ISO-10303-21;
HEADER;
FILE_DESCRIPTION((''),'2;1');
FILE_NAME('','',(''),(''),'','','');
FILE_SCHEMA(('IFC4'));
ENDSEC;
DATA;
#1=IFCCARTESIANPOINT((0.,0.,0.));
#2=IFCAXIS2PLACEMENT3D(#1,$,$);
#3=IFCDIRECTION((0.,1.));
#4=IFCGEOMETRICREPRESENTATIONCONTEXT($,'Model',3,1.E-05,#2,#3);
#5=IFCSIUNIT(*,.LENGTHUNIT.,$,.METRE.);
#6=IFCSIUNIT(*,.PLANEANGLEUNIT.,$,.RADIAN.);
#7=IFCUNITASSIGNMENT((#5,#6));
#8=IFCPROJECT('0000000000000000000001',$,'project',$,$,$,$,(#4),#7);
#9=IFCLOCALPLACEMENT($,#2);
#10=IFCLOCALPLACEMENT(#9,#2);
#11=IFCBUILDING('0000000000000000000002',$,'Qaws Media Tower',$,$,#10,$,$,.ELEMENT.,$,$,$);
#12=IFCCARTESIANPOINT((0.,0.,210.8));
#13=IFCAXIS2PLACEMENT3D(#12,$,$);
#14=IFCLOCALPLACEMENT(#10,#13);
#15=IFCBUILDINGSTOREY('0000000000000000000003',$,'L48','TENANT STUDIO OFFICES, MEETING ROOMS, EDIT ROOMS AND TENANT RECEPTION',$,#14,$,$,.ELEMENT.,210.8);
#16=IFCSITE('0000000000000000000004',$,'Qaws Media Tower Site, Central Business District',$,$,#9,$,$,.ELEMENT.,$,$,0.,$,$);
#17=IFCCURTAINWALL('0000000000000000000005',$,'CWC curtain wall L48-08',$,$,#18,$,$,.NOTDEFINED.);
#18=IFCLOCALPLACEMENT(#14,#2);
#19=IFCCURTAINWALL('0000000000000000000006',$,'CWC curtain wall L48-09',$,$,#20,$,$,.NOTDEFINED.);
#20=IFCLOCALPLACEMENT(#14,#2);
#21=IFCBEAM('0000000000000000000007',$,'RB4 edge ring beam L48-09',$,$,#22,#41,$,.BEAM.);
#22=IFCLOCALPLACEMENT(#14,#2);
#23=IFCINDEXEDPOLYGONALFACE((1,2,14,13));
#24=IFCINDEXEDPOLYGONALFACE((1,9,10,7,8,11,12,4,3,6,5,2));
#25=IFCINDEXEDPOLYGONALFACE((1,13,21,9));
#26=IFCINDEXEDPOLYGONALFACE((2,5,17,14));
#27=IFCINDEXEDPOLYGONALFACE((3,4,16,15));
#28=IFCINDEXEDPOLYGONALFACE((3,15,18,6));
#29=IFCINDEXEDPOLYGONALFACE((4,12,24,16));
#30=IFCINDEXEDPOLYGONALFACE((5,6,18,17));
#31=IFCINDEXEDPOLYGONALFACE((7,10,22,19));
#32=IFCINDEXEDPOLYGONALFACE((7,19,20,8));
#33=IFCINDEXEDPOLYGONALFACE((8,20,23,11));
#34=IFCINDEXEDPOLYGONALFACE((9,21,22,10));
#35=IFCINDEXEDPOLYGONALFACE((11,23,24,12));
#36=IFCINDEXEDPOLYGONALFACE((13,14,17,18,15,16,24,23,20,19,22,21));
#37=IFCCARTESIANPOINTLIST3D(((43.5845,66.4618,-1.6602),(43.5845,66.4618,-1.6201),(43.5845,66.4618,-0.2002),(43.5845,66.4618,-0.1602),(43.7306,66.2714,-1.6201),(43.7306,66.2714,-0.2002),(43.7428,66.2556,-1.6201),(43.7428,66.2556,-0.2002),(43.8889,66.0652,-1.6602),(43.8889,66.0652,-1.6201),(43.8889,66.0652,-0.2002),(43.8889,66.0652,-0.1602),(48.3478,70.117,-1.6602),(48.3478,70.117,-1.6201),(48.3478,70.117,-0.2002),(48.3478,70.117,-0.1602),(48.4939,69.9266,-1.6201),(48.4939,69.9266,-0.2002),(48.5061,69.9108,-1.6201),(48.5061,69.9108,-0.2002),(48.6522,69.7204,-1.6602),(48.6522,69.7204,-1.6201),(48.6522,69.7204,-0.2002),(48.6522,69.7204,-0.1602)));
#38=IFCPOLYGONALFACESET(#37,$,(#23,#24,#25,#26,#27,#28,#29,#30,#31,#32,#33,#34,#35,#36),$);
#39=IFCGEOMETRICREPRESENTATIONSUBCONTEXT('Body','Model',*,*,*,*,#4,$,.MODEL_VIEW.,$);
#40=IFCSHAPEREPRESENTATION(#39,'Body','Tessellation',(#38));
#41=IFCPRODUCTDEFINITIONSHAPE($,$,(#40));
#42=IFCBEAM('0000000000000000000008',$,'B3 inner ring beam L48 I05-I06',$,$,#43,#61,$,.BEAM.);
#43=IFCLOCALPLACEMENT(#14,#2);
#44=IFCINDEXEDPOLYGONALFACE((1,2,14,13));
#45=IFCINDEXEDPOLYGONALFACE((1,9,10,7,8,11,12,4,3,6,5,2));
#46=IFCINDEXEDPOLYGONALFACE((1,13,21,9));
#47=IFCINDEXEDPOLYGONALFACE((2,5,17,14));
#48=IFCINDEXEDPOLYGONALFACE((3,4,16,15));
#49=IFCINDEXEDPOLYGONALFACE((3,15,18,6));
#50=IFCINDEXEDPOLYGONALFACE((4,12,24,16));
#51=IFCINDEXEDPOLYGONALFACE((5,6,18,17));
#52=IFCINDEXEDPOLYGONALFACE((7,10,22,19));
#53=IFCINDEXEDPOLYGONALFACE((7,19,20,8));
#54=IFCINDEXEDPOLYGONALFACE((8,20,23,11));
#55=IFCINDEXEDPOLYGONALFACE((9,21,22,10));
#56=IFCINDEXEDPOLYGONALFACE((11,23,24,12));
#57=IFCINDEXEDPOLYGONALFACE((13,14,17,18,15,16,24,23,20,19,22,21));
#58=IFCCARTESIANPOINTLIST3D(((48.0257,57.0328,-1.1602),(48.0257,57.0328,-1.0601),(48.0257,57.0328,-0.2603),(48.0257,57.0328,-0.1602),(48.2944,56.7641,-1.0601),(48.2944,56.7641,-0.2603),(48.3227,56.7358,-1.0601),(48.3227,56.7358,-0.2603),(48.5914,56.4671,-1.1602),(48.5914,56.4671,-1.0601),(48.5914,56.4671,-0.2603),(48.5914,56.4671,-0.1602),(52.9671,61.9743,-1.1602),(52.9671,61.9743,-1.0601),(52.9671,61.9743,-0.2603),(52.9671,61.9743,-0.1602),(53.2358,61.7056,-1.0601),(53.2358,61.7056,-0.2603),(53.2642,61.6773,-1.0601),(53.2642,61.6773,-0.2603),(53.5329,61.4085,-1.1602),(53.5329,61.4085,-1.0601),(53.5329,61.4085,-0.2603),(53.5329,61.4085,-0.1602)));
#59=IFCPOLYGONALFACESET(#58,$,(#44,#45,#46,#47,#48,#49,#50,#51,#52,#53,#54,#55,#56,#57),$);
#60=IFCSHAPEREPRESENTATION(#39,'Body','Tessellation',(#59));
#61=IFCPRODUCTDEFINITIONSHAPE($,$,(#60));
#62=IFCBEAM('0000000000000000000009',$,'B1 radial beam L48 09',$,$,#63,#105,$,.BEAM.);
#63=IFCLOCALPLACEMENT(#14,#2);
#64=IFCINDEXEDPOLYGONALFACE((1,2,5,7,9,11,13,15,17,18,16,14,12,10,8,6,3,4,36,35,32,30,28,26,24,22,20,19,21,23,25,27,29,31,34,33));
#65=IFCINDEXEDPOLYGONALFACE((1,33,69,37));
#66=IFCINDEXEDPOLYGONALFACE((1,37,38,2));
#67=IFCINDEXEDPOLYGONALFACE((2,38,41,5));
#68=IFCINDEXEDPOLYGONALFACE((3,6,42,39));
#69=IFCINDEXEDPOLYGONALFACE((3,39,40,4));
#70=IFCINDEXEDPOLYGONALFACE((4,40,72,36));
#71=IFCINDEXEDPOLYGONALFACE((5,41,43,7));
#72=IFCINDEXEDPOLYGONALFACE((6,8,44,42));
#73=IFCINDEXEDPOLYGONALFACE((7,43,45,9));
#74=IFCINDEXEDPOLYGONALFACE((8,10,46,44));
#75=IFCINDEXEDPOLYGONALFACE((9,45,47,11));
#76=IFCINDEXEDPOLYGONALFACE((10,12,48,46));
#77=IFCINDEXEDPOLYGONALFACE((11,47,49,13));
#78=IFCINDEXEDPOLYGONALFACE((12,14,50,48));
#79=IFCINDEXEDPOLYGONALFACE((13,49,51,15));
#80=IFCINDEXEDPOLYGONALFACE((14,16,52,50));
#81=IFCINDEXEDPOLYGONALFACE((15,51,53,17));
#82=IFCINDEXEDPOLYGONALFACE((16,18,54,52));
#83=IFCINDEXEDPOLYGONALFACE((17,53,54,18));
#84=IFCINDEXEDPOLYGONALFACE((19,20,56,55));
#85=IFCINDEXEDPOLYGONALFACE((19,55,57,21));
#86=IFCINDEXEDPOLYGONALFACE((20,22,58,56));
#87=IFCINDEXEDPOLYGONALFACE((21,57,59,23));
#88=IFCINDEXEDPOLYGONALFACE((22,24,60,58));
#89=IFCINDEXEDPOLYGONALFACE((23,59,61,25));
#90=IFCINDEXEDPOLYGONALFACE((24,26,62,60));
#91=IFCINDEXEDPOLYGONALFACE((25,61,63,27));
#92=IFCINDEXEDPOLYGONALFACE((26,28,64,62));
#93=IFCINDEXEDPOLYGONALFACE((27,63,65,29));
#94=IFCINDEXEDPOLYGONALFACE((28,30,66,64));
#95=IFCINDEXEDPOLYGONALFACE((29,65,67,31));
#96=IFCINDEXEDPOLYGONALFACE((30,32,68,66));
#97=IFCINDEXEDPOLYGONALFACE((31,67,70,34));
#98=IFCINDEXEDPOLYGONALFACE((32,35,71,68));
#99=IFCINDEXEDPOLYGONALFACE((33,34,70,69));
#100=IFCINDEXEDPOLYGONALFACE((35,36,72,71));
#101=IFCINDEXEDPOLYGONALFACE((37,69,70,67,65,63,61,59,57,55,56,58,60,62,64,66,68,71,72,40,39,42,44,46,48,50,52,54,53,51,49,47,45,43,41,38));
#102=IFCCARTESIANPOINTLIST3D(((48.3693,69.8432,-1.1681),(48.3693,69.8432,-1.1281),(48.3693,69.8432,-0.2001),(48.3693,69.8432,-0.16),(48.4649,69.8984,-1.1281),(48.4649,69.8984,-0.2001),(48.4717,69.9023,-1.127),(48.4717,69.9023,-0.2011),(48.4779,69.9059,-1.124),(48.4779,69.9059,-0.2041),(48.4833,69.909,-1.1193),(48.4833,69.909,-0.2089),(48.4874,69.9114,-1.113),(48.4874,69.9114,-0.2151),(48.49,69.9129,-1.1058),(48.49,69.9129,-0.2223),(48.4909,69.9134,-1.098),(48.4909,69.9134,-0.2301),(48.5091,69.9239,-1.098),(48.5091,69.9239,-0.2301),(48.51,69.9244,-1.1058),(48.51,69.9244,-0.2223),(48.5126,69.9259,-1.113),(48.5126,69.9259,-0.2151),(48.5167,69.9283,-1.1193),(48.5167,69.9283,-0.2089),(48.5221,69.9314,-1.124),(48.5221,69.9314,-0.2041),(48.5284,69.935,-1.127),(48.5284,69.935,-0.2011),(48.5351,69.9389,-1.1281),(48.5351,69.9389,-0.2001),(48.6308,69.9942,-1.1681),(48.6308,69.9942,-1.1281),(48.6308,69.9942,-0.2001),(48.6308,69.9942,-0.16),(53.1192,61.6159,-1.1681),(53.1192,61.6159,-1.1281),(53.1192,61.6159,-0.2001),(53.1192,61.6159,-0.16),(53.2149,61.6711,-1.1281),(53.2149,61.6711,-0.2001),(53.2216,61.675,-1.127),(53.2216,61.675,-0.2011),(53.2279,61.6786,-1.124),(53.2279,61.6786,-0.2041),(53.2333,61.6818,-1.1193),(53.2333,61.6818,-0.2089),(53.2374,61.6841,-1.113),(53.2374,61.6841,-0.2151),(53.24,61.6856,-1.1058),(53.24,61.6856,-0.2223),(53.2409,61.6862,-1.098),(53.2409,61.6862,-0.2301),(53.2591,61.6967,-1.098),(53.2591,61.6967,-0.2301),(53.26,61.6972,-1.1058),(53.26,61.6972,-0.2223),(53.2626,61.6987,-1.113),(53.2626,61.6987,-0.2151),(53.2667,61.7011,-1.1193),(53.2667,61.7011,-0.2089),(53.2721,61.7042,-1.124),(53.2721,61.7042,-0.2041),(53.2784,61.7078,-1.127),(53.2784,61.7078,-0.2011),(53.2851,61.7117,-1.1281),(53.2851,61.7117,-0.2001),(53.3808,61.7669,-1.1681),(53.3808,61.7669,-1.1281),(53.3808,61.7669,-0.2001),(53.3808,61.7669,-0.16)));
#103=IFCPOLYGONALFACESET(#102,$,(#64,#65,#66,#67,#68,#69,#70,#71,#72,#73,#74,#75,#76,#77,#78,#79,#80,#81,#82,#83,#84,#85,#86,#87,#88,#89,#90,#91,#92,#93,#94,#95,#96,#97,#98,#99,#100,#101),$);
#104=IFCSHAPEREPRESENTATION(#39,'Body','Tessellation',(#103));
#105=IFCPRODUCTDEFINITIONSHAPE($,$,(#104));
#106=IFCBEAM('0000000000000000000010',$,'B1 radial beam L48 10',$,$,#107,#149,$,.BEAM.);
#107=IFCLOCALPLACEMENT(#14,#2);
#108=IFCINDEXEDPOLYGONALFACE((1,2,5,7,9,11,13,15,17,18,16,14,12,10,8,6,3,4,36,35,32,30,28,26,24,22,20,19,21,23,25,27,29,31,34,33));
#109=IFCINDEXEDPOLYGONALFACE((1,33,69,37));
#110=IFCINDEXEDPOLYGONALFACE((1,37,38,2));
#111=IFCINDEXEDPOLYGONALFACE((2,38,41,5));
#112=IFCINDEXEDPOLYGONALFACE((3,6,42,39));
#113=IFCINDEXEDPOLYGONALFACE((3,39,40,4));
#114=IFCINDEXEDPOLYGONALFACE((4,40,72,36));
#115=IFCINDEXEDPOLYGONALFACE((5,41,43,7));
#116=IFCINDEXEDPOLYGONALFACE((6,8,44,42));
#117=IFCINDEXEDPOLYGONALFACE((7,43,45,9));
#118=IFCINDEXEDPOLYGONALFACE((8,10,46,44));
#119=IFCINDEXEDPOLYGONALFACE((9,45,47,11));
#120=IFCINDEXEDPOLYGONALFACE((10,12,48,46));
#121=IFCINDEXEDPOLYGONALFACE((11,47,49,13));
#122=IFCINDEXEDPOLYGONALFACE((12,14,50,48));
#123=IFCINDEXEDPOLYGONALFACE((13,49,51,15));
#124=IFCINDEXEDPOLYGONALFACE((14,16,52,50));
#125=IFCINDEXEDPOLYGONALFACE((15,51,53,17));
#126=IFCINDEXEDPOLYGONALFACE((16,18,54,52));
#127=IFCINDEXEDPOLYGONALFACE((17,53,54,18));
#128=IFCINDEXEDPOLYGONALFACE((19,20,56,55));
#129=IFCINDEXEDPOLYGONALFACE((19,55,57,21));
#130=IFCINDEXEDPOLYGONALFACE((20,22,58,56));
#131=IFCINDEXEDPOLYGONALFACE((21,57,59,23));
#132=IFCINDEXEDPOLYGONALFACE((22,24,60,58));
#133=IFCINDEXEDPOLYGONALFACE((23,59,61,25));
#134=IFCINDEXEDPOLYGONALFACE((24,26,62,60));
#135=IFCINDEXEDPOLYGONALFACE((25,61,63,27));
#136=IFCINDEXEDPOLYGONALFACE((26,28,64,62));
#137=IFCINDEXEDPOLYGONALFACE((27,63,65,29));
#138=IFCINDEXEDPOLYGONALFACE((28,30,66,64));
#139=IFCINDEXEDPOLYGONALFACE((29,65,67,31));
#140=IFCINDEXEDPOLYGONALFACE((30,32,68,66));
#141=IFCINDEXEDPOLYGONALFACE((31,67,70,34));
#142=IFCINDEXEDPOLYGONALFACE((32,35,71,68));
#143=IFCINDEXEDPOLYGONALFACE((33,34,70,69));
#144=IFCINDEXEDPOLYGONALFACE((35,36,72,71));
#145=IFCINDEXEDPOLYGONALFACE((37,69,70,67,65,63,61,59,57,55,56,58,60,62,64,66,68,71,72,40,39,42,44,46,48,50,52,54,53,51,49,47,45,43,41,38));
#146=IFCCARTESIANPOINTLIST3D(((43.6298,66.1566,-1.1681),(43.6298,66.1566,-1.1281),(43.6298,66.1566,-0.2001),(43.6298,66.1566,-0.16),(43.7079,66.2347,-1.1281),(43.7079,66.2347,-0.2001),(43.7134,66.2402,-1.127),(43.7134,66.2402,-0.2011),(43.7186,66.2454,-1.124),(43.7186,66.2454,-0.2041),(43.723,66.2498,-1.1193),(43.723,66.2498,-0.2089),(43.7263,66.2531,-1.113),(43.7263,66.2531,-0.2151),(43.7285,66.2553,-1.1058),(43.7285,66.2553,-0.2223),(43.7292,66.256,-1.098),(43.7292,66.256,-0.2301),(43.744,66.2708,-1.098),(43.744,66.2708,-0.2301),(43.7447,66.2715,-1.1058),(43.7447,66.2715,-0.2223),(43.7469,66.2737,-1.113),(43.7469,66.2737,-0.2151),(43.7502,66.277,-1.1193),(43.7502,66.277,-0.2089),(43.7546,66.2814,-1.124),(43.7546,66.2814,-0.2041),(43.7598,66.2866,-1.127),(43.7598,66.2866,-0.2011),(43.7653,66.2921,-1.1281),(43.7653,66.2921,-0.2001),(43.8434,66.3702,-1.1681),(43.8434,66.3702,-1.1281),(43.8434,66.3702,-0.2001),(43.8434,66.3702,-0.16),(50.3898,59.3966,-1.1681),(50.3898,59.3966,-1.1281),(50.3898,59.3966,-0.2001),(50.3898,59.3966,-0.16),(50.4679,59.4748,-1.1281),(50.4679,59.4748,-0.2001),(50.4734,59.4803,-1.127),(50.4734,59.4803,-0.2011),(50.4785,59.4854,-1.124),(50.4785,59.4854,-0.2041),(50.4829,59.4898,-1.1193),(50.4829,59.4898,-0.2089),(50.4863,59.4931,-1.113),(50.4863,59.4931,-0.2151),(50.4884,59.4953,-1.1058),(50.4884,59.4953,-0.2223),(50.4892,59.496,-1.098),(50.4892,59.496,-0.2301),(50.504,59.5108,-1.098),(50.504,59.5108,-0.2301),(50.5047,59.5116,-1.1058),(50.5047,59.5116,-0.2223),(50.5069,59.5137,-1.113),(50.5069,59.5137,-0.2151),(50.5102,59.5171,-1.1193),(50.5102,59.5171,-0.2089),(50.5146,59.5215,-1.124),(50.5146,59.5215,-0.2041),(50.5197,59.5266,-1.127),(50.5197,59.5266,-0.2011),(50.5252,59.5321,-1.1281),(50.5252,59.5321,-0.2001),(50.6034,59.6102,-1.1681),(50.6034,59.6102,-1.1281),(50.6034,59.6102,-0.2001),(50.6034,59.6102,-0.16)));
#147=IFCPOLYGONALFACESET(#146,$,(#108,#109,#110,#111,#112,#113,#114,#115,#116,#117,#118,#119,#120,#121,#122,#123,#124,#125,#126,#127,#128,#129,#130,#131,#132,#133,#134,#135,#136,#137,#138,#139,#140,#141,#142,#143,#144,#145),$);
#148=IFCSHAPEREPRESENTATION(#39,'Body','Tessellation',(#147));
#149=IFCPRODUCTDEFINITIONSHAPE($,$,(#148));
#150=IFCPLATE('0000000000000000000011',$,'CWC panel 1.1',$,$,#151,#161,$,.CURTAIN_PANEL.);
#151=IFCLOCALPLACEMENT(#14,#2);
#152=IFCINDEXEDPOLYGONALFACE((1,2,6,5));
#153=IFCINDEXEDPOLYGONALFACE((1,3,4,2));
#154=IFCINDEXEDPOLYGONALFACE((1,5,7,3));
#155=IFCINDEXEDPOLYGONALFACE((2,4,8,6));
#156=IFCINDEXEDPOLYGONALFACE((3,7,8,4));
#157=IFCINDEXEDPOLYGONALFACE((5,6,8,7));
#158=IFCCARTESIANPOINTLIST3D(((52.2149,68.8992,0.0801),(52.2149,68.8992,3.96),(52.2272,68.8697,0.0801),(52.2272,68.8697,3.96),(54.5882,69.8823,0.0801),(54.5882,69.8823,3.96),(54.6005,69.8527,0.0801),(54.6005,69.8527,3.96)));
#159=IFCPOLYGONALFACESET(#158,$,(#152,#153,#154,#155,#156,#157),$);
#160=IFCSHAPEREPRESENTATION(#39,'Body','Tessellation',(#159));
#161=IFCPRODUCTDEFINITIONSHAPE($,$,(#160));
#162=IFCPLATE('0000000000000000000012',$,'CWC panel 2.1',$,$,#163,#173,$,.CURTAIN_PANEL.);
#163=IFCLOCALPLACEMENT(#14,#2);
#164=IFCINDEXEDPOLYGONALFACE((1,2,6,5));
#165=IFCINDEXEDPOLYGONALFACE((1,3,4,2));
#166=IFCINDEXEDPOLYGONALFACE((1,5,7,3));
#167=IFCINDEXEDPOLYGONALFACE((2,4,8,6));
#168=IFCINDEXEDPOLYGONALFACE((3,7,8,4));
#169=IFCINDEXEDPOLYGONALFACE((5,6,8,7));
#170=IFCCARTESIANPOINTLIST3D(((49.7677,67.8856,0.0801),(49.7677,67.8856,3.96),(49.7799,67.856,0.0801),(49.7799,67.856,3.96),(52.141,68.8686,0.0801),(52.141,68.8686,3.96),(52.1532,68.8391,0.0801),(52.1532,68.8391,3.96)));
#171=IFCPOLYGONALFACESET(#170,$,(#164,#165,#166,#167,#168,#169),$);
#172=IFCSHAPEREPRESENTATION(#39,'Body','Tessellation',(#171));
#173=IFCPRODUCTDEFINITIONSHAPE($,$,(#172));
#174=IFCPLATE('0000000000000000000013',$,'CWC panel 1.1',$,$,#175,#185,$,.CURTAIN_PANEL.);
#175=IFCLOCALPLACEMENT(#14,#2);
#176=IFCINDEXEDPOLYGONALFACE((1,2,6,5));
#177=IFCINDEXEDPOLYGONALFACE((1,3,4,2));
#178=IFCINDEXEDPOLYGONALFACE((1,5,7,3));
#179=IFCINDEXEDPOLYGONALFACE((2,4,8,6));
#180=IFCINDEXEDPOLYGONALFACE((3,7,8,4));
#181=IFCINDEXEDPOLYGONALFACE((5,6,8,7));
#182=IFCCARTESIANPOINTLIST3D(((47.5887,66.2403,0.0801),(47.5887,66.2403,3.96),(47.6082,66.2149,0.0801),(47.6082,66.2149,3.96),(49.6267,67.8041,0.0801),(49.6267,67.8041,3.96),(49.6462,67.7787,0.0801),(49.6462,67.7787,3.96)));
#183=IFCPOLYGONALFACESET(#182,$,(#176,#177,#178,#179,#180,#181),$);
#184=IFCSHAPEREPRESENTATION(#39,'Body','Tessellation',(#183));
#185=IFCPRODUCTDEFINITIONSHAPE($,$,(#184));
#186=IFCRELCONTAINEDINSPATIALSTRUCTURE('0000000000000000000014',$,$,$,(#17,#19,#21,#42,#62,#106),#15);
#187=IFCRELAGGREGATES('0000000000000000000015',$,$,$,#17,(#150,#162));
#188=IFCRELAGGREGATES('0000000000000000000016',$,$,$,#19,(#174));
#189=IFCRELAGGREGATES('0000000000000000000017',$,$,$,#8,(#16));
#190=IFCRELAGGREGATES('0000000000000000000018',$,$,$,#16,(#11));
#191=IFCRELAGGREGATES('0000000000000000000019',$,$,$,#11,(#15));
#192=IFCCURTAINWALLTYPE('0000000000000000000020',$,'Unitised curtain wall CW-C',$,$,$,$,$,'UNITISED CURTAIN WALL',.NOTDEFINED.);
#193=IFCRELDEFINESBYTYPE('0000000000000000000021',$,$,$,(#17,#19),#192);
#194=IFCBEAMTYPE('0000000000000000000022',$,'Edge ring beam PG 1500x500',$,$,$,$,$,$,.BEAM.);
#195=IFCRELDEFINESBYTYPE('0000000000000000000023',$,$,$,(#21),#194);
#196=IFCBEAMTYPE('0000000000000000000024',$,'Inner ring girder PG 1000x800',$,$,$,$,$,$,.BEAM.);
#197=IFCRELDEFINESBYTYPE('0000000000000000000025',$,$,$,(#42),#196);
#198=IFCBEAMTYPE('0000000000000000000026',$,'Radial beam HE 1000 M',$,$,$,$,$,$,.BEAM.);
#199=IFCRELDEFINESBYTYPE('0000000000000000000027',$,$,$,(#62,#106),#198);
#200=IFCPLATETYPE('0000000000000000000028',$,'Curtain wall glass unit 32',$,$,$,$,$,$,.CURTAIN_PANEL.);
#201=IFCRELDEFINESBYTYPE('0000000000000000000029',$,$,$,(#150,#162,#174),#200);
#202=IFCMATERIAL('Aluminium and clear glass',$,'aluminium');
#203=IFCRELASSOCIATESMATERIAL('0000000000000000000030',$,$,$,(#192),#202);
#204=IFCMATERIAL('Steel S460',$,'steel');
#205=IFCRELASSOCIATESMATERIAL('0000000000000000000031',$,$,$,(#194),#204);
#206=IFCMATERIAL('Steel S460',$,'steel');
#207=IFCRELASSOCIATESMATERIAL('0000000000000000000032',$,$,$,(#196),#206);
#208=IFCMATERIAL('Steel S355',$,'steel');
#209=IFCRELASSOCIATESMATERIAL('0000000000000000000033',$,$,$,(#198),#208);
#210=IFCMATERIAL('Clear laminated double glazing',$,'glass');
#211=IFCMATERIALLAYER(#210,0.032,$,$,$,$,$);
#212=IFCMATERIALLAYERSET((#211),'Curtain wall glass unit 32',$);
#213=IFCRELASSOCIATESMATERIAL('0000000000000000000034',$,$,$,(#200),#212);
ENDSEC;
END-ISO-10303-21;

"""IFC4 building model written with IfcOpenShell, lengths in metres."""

from ifc_helpers import new_model, si_unit, direction, frame, origin, origin_2d, place, context, subcontext, project, spatial, rectangle, i_section, extrude, material, layer, layer_set, material_profile, profile_set, type_object, element, aggregate, save


model = new_model("IFC4")

# Units and contexts
model_context = context("Model", 3, precision=1e-05, world=origin(), true_north=direction((0.0, 1.0)))
body_context = subcontext(model_context, "Body", "Model", "MODEL_VIEW")
ifc_project = project(units=[si_unit("LENGTHUNIT", "METRE"), si_unit("PLANEANGLEUNIT", "RADIAN")], contexts=[model_context])

# Site, building, storey
site_placement = place(None, origin())
site = spatial("IfcSite", under=ifc_project, at=site_placement, Name="Qaws Media Tower Site, Central Business District", CompositionType="ELEMENT", RefElevation=0.0)
building_placement = place(site_placement, origin())
building = spatial("IfcBuilding", under=site, at=building_placement, Name="Qaws Media Tower", CompositionType="ELEMENT")
storey_placement = place(building_placement, frame((0.0, 0.0, 210.8)))
storey = spatial("IfcBuildingStorey", under=building, at=storey_placement, Name="L48", Description="TENANT STUDIO OFFICES, MEETING ROOMS, EDIT ROOMS AND TENANT RECEPTION", CompositionType="ELEMENT", Elevation=210.8)

# Curtain wall
ifc_material_1 = material(Name="Aluminium and clear glass", Category="aluminium")
curtain_wall_type = type_object("IfcCurtainWallType", Name="Unitised curtain wall CW-C", ElementType="UNITISED CURTAIN WALL", PredefinedType="NOTDEFINED", material=ifc_material_1)
curtain_wall_1_placement = place(storey_placement, origin())
curtain_wall_1 = element("IfcCurtainWall", 1, at=curtain_wall_1_placement, inside=storey, type_object=curtain_wall_type, Name="CWC curtain wall L48-08", PredefinedType="NOTDEFINED")

# Curtain wall
curtain_wall_2_placement = place(storey_placement, origin())
curtain_wall_2 = element("IfcCurtainWall", 2, at=curtain_wall_2_placement, inside=storey, type_object=curtain_wall_type, Name="CWC curtain wall L48-09", PredefinedType="NOTDEFINED")

# Beams
ifc_material_2 = material(Name="Steel S460", Category="steel")
ifc_material_profile_1 = material_profile(ifc_material_2, i_section(OverallWidth=0.5, OverallDepth=1.5, WebThickness=0.02, FlangeThickness=0.04, at=origin_2d()), Name="PG 1500x500")
ifc_profile_set_1 = profile_set([ifc_material_profile_1], Name="Steel S460")
beam_type_1 = type_object("IfcBeamType", Name="Edge ring beam PG 1500x500", PredefinedType="BEAM", material=ifc_profile_set_1)
for number, where, z_axis, x_axis, name in (
    (3, (48.5, 69.9187, -0.9102), (-0.79334, -0.608779, 0.0), (0.608779, -0.79334, 0.0), "RB4 edge ring beam L48-09"),
):
    element("IfcBeam", number, at=place(storey_placement, frame(where, z_axis=z_axis, x_axis=x_axis)), inside=storey, type_object=beam_type_1, Name=name, PredefinedType="BEAM", context=body_context, shape_type="SweptSolid", body=[
        extrude(i_section(OverallWidth=0.5, OverallDepth=1.5, WebThickness=0.02, FlangeThickness=0.04, at=origin_2d()), origin(), (0.0, 0.0, 1.0), 6.0042),
    ])
ifc_material_3 = material(Name="Steel S460", Category="steel")
ifc_material_profile_2 = material_profile(ifc_material_3, i_section(OverallWidth=0.8, OverallDepth=1.0, WebThickness=0.04, FlangeThickness=0.1001, at=origin_2d()), Name="PG 1000x800")
ifc_profile_set_2 = profile_set([ifc_material_profile_2], Name="Steel S460")
beam_type_2 = type_object("IfcBeamType", Name="Inner ring girder PG 1000x800", PredefinedType="BEAM", material=ifc_profile_set_2)
beam_1_placement = place(storey_placement, frame((53.25, 61.6914, -0.6602), z_axis=(-0.707107, -0.707107, 0.0), x_axis=(0.707107, -0.707107, 0.0)))
element("IfcBeam", 4, at=beam_1_placement, inside=storey, type_object=beam_type_2, Name="B3 inner ring beam L48 I05-I06", PredefinedType="BEAM", context=body_context, shape_type="SweptSolid", body=[
    extrude(i_section(OverallWidth=0.8, OverallDepth=1.0, WebThickness=0.04, FlangeThickness=0.1001, at=origin_2d()), origin(), (0.0, 0.0, 1.0), 6.9883),
])
ifc_material_4 = material(Name="Steel S355", Category="steel")
ifc_material_profile_3 = material_profile(ifc_material_4, i_section(OverallWidth=0.302, OverallDepth=1.0081, WebThickness=0.021, FlangeThickness=0.04, FilletRadius=0.03, at=origin_2d()), Name="HE 1000 M")
ifc_profile_set_3 = profile_set([ifc_material_profile_3], Name="Steel S355")
beam_type_3 = type_object("IfcBeamType", Name="Radial beam HE 1000 M", PredefinedType="BEAM", material=ifc_profile_set_3)
beam_2_placement = place(storey_placement, frame((53.25, 61.6914, -0.6641), z_axis=(-0.499998, 0.866027, 0.0), x_axis=(-0.866027, -0.499998, 0.0)))
element("IfcBeam", 5, at=beam_2_placement, inside=storey, type_object=beam_type_3, Name="B1 radial beam L48 09", PredefinedType="BEAM", context=body_context, shape_type="SweptSolid", body=[
    extrude(i_section(OverallWidth=0.302, OverallDepth=1.0081, WebThickness=0.021, FlangeThickness=0.04, FilletRadius=0.03, at=origin_2d()), origin(), (0.0, 0.0, 1.0), 9.5),
])
beam_3_placement = place(storey_placement, frame((50.4966, 59.5034, -0.6641), z_axis=(-0.707107, 0.707107, 0.0), x_axis=(-0.707107, -0.707107, 0.0)))
element("IfcBeam", 6, at=beam_3_placement, inside=storey, type_object=beam_type_3, Name="B1 radial beam L48 10", PredefinedType="BEAM", context=body_context, shape_type="SweptSolid", body=[
    extrude(i_section(OverallWidth=0.302, OverallDepth=1.0081, WebThickness=0.021, FlangeThickness=0.04, FilletRadius=0.03, at=origin_2d()), origin(), (0.0, 0.0, 1.0), 9.5601),
])

# Plates
ifc_material_5 = material(Name="Clear laminated double glazing", Category="glass")
ifc_layer_1 = layer(ifc_material_5, 0.032)
ifc_layer_set_1 = layer_set([ifc_layer_1], Name="Curtain wall glass unit 32")
plate_type = type_object("IfcPlateType", Name="Curtain wall glass unit 32", PredefinedType="CURTAIN_PANEL", material=ifc_layer_set_1)
plate_1_placement = place(storey_placement, frame((53.4077, 69.376, 0.0801), z_axis=(0.0, 0.0, 1.0), x_axis=(-0.92388, -0.382683, 0.0)))
plate_1 = element("IfcPlate", 7, at=plate_1_placement, type_object=plate_type, Name="CWC panel 1.1", PredefinedType="CURTAIN_PANEL", context=body_context, shape_type="SweptSolid", body=[
    extrude(rectangle(XDim=2.5688, YDim=0.032, at=origin_2d()), origin(), (0.0, 0.0, 1.0), 3.8799),
])
plate_2_placement = place(storey_placement, frame((50.9604, 68.3623, 0.0801), z_axis=(0.0, 0.0, 1.0), x_axis=(-0.92388, -0.382683, 0.0)))
plate_2 = element("IfcPlate", 8, at=plate_2_placement, type_object=plate_type, Name="CWC panel 2.1", PredefinedType="CURTAIN_PANEL", context=body_context, shape_type="SweptSolid", body=[
    extrude(rectangle(XDim=2.5688, YDim=0.032, at=origin_2d()), origin(), (0.0, 0.0, 1.0), 3.8799),
])
aggregate(curtain_wall_1, [plate_1, plate_2])
plate_3_placement = place(storey_placement, frame((48.6174, 67.0095, 0.0801), z_axis=(0.0, 0.0, 1.0), x_axis=(-0.793353, -0.608761, 0.0)))
plate_3 = element("IfcPlate", 9, at=plate_3_placement, type_object=plate_type, Name="CWC panel 1.1", PredefinedType="CURTAIN_PANEL", context=body_context, shape_type="SweptSolid", body=[
    extrude(rectangle(XDim=2.5688, YDim=0.032, at=origin_2d()), origin(), (0.0, 0.0, 1.0), 3.8799),
])
aggregate(curtain_wall_2, [plate_3])

save(model, "model.ifc")
